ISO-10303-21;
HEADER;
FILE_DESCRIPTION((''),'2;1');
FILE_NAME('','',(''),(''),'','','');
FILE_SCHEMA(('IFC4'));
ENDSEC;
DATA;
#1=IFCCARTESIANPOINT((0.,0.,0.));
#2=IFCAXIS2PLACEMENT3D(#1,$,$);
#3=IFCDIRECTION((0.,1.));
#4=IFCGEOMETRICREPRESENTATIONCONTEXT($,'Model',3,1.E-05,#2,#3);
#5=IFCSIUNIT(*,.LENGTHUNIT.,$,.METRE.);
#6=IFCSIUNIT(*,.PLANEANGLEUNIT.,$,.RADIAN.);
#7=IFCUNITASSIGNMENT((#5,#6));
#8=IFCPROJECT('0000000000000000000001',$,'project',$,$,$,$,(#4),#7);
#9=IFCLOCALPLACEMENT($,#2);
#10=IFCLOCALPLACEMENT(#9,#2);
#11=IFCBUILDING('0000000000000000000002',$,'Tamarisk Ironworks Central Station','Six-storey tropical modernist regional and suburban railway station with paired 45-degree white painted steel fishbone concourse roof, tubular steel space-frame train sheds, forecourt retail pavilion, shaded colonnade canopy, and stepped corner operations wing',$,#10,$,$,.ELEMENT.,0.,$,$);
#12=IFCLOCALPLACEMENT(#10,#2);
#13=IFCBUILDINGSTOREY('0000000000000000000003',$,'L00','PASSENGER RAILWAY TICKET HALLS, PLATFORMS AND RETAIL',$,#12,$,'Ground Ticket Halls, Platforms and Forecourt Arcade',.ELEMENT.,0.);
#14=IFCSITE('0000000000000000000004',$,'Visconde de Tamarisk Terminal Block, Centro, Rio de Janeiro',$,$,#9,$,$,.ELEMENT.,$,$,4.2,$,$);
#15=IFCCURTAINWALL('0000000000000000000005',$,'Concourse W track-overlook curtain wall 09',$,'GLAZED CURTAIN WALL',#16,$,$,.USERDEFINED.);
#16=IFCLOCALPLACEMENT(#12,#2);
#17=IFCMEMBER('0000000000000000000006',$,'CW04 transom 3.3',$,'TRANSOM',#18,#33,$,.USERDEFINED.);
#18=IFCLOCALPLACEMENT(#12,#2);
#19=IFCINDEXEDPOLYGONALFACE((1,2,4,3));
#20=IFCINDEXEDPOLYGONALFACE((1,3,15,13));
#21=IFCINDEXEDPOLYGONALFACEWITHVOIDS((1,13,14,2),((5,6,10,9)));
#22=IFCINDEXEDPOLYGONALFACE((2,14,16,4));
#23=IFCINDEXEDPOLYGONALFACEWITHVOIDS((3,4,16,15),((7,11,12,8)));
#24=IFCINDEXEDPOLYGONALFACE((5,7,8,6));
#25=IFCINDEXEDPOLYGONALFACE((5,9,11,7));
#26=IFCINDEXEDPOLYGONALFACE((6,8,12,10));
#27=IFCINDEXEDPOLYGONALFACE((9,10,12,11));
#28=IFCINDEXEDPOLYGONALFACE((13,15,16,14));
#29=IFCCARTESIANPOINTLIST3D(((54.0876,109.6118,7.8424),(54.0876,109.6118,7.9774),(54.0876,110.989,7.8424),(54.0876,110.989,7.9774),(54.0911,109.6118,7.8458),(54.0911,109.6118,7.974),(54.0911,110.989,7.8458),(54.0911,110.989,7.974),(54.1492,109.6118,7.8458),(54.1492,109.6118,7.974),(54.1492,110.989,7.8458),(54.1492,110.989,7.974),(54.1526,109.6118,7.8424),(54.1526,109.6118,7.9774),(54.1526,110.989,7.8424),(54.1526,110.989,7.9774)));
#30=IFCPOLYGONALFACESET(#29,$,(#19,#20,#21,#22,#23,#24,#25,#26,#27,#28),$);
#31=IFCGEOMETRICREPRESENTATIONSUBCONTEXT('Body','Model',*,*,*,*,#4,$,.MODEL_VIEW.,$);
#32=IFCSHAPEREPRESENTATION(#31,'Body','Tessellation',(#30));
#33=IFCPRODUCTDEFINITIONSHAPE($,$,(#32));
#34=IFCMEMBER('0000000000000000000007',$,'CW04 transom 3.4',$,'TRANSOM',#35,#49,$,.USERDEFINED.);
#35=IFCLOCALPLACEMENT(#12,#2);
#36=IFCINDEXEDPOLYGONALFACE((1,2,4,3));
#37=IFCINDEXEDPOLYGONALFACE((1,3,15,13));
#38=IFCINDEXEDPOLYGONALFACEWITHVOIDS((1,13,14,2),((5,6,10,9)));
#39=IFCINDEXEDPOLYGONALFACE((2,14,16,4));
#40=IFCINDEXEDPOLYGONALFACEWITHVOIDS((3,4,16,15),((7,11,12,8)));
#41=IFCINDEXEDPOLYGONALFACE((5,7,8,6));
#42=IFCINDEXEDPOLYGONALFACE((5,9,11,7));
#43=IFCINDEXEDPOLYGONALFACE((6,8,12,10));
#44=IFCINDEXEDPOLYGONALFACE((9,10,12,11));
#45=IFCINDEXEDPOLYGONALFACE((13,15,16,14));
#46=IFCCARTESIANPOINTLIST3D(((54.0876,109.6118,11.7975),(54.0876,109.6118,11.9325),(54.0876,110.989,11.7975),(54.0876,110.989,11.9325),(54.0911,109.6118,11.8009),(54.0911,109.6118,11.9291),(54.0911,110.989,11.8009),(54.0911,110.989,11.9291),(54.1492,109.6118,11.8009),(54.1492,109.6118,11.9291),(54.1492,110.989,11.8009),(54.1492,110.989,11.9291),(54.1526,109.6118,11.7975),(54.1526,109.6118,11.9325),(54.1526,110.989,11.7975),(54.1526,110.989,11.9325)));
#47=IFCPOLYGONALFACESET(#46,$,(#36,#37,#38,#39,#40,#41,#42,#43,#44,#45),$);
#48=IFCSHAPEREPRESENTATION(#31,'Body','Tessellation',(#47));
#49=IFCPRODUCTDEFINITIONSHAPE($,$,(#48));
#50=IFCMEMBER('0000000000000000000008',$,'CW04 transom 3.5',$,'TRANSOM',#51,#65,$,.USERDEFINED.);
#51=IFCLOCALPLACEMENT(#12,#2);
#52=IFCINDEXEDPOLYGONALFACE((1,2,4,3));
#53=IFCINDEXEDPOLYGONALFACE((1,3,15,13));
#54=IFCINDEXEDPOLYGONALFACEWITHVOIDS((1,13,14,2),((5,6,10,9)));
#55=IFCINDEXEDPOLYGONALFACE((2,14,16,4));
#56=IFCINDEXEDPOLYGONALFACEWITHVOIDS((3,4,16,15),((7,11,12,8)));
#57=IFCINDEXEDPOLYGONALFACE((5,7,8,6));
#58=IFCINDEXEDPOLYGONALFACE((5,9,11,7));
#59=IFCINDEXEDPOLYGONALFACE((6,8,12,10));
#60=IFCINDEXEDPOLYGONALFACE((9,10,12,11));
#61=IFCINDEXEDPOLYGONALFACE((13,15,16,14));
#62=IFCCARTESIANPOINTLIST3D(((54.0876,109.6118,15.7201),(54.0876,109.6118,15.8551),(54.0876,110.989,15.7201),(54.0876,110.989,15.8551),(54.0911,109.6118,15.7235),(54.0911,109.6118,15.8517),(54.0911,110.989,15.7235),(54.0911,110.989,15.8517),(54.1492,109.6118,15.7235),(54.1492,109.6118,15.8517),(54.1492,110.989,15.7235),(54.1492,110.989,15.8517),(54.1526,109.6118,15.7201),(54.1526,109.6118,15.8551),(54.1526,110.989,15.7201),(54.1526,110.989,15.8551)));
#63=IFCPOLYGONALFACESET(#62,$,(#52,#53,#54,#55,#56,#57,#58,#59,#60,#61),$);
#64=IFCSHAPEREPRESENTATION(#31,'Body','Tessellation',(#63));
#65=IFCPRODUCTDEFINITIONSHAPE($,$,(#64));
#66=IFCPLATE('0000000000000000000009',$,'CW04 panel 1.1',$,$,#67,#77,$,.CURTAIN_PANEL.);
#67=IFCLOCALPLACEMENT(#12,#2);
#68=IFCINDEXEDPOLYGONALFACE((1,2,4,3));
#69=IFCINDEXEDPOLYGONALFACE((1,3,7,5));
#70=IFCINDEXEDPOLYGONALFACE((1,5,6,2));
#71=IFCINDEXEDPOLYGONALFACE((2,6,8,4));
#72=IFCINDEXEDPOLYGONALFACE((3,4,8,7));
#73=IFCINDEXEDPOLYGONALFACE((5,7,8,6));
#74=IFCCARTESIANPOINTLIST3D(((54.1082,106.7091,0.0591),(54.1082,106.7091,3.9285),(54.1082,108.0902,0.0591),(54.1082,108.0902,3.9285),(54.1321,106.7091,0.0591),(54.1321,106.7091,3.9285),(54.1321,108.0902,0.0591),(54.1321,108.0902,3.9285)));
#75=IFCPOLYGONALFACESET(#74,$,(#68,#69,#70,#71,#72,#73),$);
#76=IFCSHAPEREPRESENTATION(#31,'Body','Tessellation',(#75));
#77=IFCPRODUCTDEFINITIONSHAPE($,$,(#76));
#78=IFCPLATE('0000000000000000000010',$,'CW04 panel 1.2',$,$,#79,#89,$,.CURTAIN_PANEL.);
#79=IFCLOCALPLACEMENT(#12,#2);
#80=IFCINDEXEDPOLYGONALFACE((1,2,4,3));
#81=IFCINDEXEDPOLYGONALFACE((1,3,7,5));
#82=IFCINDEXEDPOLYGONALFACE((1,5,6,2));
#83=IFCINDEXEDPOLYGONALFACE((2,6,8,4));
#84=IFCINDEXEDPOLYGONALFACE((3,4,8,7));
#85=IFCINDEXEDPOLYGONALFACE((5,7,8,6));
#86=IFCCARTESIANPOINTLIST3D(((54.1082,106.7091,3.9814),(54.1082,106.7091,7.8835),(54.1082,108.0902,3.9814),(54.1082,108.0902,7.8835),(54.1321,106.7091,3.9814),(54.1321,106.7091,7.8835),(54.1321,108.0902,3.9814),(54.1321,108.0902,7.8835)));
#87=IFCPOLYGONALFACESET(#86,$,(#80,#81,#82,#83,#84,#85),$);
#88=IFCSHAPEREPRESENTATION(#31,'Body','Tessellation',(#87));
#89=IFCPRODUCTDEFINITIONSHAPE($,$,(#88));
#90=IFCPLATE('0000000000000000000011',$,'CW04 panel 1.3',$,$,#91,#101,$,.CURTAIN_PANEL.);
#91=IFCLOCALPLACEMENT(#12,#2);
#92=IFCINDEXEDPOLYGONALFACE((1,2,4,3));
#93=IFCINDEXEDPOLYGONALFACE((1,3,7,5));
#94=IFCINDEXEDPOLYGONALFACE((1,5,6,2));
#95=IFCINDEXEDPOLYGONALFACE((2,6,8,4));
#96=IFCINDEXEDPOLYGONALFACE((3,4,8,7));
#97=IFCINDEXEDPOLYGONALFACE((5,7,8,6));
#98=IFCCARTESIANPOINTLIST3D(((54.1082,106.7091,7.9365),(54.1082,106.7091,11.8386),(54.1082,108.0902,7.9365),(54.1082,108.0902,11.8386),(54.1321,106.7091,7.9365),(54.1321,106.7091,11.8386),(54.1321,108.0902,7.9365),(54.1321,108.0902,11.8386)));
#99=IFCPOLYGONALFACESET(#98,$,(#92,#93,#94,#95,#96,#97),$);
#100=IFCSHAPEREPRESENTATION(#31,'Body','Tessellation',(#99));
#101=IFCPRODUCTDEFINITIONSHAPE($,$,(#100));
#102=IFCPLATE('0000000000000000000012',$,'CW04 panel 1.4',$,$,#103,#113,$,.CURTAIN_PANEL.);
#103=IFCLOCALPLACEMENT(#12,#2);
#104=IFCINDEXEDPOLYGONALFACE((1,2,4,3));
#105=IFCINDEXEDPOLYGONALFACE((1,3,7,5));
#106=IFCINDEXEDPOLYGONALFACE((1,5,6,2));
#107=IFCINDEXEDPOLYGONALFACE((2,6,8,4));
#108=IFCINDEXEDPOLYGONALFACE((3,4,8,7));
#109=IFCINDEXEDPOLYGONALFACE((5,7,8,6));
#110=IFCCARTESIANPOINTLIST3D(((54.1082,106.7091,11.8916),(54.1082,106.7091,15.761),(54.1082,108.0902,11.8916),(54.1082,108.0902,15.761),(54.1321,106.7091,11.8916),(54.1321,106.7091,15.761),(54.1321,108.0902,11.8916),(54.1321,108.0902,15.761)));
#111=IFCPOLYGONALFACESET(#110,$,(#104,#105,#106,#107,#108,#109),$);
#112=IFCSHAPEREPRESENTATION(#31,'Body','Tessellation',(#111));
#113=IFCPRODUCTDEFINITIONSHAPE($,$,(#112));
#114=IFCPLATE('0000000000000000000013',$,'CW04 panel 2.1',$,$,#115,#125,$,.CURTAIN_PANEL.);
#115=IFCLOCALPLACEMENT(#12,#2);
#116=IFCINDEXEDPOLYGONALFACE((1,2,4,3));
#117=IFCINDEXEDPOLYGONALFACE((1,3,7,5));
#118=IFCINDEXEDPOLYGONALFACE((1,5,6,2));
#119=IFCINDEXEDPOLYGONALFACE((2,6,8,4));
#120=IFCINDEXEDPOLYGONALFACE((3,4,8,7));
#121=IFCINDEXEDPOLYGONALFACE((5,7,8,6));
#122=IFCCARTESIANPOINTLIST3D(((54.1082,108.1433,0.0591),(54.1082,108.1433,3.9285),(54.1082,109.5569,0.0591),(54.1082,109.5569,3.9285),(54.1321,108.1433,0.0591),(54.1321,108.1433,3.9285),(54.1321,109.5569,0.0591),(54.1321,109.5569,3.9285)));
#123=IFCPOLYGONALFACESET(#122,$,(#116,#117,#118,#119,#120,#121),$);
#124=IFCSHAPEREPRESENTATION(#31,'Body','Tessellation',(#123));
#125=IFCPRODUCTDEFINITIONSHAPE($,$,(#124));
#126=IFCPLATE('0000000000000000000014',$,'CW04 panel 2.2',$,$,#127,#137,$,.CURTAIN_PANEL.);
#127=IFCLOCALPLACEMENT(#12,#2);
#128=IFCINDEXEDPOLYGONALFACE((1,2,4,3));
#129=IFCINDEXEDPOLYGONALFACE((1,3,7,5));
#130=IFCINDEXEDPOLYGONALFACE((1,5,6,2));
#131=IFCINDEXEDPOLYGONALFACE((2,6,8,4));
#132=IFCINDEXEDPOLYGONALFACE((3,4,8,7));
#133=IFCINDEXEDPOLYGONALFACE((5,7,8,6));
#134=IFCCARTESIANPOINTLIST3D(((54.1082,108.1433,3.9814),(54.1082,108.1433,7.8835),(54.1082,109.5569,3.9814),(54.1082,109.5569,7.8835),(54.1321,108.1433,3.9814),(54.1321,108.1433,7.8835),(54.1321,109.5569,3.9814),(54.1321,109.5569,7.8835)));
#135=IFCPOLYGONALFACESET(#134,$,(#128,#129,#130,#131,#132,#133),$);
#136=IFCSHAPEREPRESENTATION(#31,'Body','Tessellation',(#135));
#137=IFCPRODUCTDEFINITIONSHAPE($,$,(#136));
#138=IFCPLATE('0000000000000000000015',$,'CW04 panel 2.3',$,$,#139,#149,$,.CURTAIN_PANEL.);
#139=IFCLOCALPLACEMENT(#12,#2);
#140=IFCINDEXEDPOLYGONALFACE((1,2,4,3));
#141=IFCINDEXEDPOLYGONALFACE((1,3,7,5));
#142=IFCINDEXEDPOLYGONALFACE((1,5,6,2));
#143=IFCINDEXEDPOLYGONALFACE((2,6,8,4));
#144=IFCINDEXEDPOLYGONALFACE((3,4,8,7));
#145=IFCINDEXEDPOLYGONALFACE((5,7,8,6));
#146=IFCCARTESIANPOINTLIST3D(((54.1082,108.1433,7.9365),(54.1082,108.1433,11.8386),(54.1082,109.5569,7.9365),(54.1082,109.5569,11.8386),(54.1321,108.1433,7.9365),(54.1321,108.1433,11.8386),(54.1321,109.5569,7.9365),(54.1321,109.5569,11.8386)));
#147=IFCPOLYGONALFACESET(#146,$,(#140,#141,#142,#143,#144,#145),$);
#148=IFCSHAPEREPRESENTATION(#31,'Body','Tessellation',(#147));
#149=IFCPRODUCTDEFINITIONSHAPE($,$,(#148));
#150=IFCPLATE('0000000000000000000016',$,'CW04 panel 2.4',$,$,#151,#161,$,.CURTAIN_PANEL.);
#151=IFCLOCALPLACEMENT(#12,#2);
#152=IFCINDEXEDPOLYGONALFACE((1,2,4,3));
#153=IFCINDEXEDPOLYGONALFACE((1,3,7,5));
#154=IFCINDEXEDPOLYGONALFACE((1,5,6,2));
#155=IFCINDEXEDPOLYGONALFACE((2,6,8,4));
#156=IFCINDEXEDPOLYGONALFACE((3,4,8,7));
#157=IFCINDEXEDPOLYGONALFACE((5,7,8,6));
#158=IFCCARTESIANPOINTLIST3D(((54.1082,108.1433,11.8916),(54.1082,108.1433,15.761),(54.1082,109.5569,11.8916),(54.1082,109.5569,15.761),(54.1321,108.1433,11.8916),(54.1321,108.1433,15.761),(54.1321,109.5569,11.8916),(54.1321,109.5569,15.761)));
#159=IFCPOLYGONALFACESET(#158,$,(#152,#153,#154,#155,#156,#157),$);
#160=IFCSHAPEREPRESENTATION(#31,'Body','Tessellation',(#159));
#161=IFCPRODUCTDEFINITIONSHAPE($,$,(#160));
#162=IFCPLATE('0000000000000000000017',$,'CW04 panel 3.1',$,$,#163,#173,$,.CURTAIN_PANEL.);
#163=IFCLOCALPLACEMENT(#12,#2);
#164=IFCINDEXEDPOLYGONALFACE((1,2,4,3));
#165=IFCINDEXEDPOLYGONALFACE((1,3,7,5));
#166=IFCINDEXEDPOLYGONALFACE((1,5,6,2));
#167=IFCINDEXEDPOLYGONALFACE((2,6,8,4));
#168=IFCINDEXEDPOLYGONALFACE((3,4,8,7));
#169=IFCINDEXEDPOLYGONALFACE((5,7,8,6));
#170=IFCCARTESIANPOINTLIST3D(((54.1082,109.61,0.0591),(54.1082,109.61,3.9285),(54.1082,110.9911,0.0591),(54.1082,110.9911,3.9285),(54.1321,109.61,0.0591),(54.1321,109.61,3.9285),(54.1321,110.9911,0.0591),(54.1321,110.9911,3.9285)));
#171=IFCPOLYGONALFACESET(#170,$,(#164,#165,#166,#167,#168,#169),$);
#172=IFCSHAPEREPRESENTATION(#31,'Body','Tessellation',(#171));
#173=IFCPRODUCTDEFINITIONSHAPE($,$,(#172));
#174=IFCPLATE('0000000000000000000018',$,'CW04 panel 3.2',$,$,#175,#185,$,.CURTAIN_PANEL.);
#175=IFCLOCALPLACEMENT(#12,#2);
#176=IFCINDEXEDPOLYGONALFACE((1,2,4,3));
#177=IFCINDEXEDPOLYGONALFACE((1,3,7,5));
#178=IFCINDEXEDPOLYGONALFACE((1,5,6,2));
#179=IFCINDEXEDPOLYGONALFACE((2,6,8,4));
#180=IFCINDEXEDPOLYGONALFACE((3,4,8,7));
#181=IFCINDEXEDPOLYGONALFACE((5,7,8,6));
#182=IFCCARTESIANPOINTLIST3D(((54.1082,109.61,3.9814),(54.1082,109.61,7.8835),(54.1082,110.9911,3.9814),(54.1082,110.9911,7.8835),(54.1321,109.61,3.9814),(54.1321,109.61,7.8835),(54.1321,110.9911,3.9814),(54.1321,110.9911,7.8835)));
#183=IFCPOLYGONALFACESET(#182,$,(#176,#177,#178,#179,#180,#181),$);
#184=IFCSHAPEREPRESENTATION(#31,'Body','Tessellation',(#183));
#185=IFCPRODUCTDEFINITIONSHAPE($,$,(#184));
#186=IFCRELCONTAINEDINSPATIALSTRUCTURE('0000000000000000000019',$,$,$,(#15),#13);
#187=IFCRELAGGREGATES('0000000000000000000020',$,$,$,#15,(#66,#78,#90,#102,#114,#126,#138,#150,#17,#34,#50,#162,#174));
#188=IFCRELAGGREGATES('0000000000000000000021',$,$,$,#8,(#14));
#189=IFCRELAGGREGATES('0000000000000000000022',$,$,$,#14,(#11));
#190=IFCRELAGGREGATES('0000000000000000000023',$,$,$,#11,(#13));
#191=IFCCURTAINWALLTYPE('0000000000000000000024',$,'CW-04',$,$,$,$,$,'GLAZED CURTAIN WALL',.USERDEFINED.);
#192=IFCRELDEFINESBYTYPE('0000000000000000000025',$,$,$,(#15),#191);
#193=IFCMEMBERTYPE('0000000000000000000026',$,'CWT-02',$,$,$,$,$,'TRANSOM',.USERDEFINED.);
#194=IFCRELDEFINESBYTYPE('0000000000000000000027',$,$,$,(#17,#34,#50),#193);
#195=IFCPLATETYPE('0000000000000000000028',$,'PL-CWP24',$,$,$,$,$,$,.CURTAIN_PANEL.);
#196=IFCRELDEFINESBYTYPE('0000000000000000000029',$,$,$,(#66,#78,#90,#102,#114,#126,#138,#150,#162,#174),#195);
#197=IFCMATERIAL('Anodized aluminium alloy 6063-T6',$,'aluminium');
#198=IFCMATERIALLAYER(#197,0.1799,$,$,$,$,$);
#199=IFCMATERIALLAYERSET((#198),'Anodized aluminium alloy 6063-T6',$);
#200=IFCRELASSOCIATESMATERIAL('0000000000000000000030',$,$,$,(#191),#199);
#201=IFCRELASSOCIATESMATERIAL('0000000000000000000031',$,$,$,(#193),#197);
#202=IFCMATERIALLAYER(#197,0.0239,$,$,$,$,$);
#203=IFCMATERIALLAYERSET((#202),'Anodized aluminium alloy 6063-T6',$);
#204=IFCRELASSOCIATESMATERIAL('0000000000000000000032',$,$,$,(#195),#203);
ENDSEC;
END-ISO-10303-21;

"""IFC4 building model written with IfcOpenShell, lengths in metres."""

from ifc_helpers import new_model, si_unit, direction, frame, origin, origin_2d, place, context, subcontext, project, spatial, rectangle, hollow_rectangle, extrude, material, layer, layer_set, material_profile, profile_set, type_object, element, aggregate, save


model = new_model("IFC4")

# Units and contexts
model_context = context("Model", 3, precision=1e-05, world=origin(), true_north=direction((0.0, 1.0)))
body_context = subcontext(model_context, "Body", "Model", "MODEL_VIEW")
ifc_project = project(units=[si_unit("LENGTHUNIT", "METRE"), si_unit("PLANEANGLEUNIT", "RADIAN")], contexts=[model_context])

# Site, building, storey
site_placement = place(None, origin())
site = spatial("IfcSite", under=ifc_project, at=site_placement, Name="Visconde de Tamarisk Terminal Block, Centro, Rio de Janeiro", CompositionType="ELEMENT", RefElevation=4.2)
building_placement = place(site_placement, origin())
building = spatial("IfcBuilding", under=site, at=building_placement, Name="Tamarisk Ironworks Central Station", Description="Six-storey tropical modernist regional and suburban railway station with paired 45-degree white painted steel fishbone concourse roof, tubular steel space-frame train sheds, forecourt retail pavilion, shaded colonnade canopy, and stepped corner operations wing", CompositionType="ELEMENT", ElevationOfRefHeight=0.0)
storey_placement = place(building_placement, origin())
storey = spatial("IfcBuildingStorey", under=building, at=storey_placement, Name="L00", Description="PASSENGER RAILWAY TICKET HALLS, PLATFORMS AND RETAIL", LongName="Ground Ticket Halls, Platforms and Forecourt Arcade", CompositionType="ELEMENT", Elevation=0.0)

# Curtain wall, members, plates
ifc_material = material(Name="Anodized aluminium alloy 6063-T6", Category="aluminium")
ifc_layer_1 = layer(ifc_material, 0.1799)
ifc_layer_set_1 = layer_set([ifc_layer_1], Name="Anodized aluminium alloy 6063-T6")
curtain_wall_type = type_object("IfcCurtainWallType", Name="CW-04", ElementType="GLAZED CURTAIN WALL", PredefinedType="USERDEFINED", material=ifc_layer_set_1)
curtain_wall_placement = place(storey_placement, origin())
curtain_wall = element("IfcCurtainWall", 1, at=curtain_wall_placement, inside=storey, type_object=curtain_wall_type, Name="Concourse W track-overlook curtain wall 09", ObjectType="GLAZED CURTAIN WALL", PredefinedType="USERDEFINED")
ifc_material_profile = material_profile(ifc_material, hollow_rectangle(XDim=0.0649, YDim=0.135, WallThickness=0.0034, at=origin_2d()), Name="ALUM 135x65")
ifc_profile_set = profile_set([ifc_material_profile], Name="Anodized aluminium alloy 6063-T6")
member_type = type_object("IfcMemberType", Name="CWT-02", ElementType="TRANSOM", PredefinedType="USERDEFINED", material=ifc_profile_set)
member_1_placement = place(storey_placement, frame((54.1201, 109.6118, 7.9099), z_axis=(0.0, 1.0, 0.0), x_axis=(-1.0, 0.0, 0.0)))
member_1 = element("IfcMember", 2, at=member_1_placement, type_object=member_type, Name="CW04 transom 3.3", ObjectType="TRANSOM", PredefinedType="USERDEFINED", context=body_context, shape_type="SweptSolid", body=[
    extrude(hollow_rectangle(XDim=0.0649, YDim=0.135, WallThickness=0.0034, at=origin_2d()), origin(), (0.0, 0.0, 1.0), 1.3772),
])
member_2_placement = place(storey_placement, frame((54.1201, 109.6118, 11.865), z_axis=(0.0, 1.0, 0.0), x_axis=(-1.0, 0.0, 0.0)))
member_2 = element("IfcMember", 3, at=member_2_placement, type_object=member_type, Name="CW04 transom 3.4", ObjectType="TRANSOM", PredefinedType="USERDEFINED", context=body_context, shape_type="SweptSolid", body=[
    extrude(hollow_rectangle(XDim=0.0649, YDim=0.135, WallThickness=0.0034, at=origin_2d()), origin(), (0.0, 0.0, 1.0), 1.3772),
])
member_3_placement = place(storey_placement, frame((54.1201, 109.6118, 15.7876), z_axis=(0.0, 1.0, 0.0), x_axis=(-1.0, 0.0, 0.0)))
member_3 = element("IfcMember", 4, at=member_3_placement, type_object=member_type, Name="CW04 transom 3.5", ObjectType="TRANSOM", PredefinedType="USERDEFINED", context=body_context, shape_type="SweptSolid", body=[
    extrude(hollow_rectangle(XDim=0.0649, YDim=0.135, WallThickness=0.0034, at=origin_2d()), origin(), (0.0, 0.0, 1.0), 1.3772),
])
ifc_layer_2 = layer(ifc_material, 0.0239)
ifc_layer_set_2 = layer_set([ifc_layer_2], Name="Anodized aluminium alloy 6063-T6")
plate_type = type_object("IfcPlateType", Name="PL-CWP24", PredefinedType="CURTAIN_PANEL", material=ifc_layer_set_2)
plate_1_placement = place(storey_placement, frame((54.1201, 107.3997, 0.0591), z_axis=(0.0, 0.0, 1.0), x_axis=(0.0, 1.0, 0.0)))
plate_1 = element("IfcPlate", 5, at=plate_1_placement, type_object=plate_type, Name="CW04 panel 1.1", PredefinedType="CURTAIN_PANEL", context=body_context, shape_type="SweptSolid", body=[
    extrude(rectangle(XDim=1.3811, YDim=0.0239, at=origin_2d()), origin(), (0.0, 0.0, 1.0), 3.8694),
])
plate_2_placement = place(storey_placement, frame((54.1201, 107.3997, 3.9814), z_axis=(0.0, 0.0, 1.0), x_axis=(0.0, 1.0, 0.0)))
plate_2 = element("IfcPlate", 6, at=plate_2_placement, type_object=plate_type, Name="CW04 panel 1.2", PredefinedType="CURTAIN_PANEL", context=body_context, shape_type="SweptSolid", body=[
    extrude(rectangle(XDim=1.3811, YDim=0.0239, at=origin_2d()), origin(), (0.0, 0.0, 1.0), 3.9021),
])
plate_3_placement = place(storey_placement, frame((54.1201, 107.3997, 7.9365), z_axis=(0.0, 0.0, 1.0), x_axis=(0.0, 1.0, 0.0)))
plate_3 = element("IfcPlate", 7, at=plate_3_placement, type_object=plate_type, Name="CW04 panel 1.3", PredefinedType="CURTAIN_PANEL", context=body_context, shape_type="SweptSolid", body=[
    extrude(rectangle(XDim=1.3811, YDim=0.0239, at=origin_2d()), origin(), (0.0, 0.0, 1.0), 3.9021),
])
plate_4_placement = place(storey_placement, frame((54.1201, 107.3997, 11.8916), z_axis=(0.0, 0.0, 1.0), x_axis=(0.0, 1.0, 0.0)))
plate_4 = element("IfcPlate", 8, at=plate_4_placement, type_object=plate_type, Name="CW04 panel 1.4", PredefinedType="CURTAIN_PANEL", context=body_context, shape_type="SweptSolid", body=[
    extrude(rectangle(XDim=1.3811, YDim=0.0239, at=origin_2d()), origin(), (0.0, 0.0, 1.0), 3.8694),
])
plate_5_placement = place(storey_placement, frame((54.1201, 108.8501, 0.0591), z_axis=(0.0, 0.0, 1.0), x_axis=(0.0, 1.0, 0.0)))
plate_5 = element("IfcPlate", 9, at=plate_5_placement, type_object=plate_type, Name="CW04 panel 2.1", PredefinedType="CURTAIN_PANEL", context=body_context, shape_type="SweptSolid", body=[
    extrude(rectangle(XDim=1.4136, YDim=0.0239, at=origin_2d()), origin(), (0.0, 0.0, 1.0), 3.8694),
])
plate_6_placement = place(storey_placement, frame((54.1201, 108.8501, 3.9814), z_axis=(0.0, 0.0, 1.0), x_axis=(0.0, 1.0, 0.0)))
plate_6 = element("IfcPlate", 10, at=plate_6_placement, type_object=plate_type, Name="CW04 panel 2.2", PredefinedType="CURTAIN_PANEL", context=body_context, shape_type="SweptSolid", body=[
    extrude(rectangle(XDim=1.4136, YDim=0.0239, at=origin_2d()), origin(), (0.0, 0.0, 1.0), 3.9021),
])
plate_7_placement = place(storey_placement, frame((54.1201, 108.8501, 7.9365), z_axis=(0.0, 0.0, 1.0), x_axis=(0.0, 1.0, 0.0)))
plate_7 = element("IfcPlate", 11, at=plate_7_placement, type_object=plate_type, Name="CW04 panel 2.3", PredefinedType="CURTAIN_PANEL", context=body_context, shape_type="SweptSolid", body=[
    extrude(rectangle(XDim=1.4136, YDim=0.0239, at=origin_2d()), origin(), (0.0, 0.0, 1.0), 3.9021),
])
plate_8_placement = place(storey_placement, frame((54.1201, 108.8501, 11.8916), z_axis=(0.0, 0.0, 1.0), x_axis=(0.0, 1.0, 0.0)))
plate_8 = element("IfcPlate", 12, at=plate_8_placement, type_object=plate_type, Name="CW04 panel 2.4", PredefinedType="CURTAIN_PANEL", context=body_context, shape_type="SweptSolid", body=[
    extrude(rectangle(XDim=1.4136, YDim=0.0239, at=origin_2d()), origin(), (0.0, 0.0, 1.0), 3.8694),
])
plate_9_placement = place(storey_placement, frame((54.1201, 110.3005, 0.0591), z_axis=(0.0, 0.0, 1.0), x_axis=(0.0, 1.0, 0.0)))
plate_9 = element("IfcPlate", 13, at=plate_9_placement, type_object=plate_type, Name="CW04 panel 3.1", PredefinedType="CURTAIN_PANEL", context=body_context, shape_type="SweptSolid", body=[
    extrude(rectangle(XDim=1.3811, YDim=0.0239, at=origin_2d()), origin(), (0.0, 0.0, 1.0), 3.8694),
])
plate_10_placement = place(storey_placement, frame((54.1201, 110.3005, 3.9814), z_axis=(0.0, 0.0, 1.0), x_axis=(0.0, 1.0, 0.0)))
plate_10 = element("IfcPlate", 14, at=plate_10_placement, type_object=plate_type, Name="CW04 panel 3.2", PredefinedType="CURTAIN_PANEL", context=body_context, shape_type="SweptSolid", body=[
    extrude(rectangle(XDim=1.3811, YDim=0.0239, at=origin_2d()), origin(), (0.0, 0.0, 1.0), 3.9021),
])
aggregate(curtain_wall, [plate_1, plate_2, plate_3, plate_4, plate_5, plate_6, plate_7, plate_8, member_1, member_2, member_3, plate_9, plate_10])

save(model, "model.ifc")
